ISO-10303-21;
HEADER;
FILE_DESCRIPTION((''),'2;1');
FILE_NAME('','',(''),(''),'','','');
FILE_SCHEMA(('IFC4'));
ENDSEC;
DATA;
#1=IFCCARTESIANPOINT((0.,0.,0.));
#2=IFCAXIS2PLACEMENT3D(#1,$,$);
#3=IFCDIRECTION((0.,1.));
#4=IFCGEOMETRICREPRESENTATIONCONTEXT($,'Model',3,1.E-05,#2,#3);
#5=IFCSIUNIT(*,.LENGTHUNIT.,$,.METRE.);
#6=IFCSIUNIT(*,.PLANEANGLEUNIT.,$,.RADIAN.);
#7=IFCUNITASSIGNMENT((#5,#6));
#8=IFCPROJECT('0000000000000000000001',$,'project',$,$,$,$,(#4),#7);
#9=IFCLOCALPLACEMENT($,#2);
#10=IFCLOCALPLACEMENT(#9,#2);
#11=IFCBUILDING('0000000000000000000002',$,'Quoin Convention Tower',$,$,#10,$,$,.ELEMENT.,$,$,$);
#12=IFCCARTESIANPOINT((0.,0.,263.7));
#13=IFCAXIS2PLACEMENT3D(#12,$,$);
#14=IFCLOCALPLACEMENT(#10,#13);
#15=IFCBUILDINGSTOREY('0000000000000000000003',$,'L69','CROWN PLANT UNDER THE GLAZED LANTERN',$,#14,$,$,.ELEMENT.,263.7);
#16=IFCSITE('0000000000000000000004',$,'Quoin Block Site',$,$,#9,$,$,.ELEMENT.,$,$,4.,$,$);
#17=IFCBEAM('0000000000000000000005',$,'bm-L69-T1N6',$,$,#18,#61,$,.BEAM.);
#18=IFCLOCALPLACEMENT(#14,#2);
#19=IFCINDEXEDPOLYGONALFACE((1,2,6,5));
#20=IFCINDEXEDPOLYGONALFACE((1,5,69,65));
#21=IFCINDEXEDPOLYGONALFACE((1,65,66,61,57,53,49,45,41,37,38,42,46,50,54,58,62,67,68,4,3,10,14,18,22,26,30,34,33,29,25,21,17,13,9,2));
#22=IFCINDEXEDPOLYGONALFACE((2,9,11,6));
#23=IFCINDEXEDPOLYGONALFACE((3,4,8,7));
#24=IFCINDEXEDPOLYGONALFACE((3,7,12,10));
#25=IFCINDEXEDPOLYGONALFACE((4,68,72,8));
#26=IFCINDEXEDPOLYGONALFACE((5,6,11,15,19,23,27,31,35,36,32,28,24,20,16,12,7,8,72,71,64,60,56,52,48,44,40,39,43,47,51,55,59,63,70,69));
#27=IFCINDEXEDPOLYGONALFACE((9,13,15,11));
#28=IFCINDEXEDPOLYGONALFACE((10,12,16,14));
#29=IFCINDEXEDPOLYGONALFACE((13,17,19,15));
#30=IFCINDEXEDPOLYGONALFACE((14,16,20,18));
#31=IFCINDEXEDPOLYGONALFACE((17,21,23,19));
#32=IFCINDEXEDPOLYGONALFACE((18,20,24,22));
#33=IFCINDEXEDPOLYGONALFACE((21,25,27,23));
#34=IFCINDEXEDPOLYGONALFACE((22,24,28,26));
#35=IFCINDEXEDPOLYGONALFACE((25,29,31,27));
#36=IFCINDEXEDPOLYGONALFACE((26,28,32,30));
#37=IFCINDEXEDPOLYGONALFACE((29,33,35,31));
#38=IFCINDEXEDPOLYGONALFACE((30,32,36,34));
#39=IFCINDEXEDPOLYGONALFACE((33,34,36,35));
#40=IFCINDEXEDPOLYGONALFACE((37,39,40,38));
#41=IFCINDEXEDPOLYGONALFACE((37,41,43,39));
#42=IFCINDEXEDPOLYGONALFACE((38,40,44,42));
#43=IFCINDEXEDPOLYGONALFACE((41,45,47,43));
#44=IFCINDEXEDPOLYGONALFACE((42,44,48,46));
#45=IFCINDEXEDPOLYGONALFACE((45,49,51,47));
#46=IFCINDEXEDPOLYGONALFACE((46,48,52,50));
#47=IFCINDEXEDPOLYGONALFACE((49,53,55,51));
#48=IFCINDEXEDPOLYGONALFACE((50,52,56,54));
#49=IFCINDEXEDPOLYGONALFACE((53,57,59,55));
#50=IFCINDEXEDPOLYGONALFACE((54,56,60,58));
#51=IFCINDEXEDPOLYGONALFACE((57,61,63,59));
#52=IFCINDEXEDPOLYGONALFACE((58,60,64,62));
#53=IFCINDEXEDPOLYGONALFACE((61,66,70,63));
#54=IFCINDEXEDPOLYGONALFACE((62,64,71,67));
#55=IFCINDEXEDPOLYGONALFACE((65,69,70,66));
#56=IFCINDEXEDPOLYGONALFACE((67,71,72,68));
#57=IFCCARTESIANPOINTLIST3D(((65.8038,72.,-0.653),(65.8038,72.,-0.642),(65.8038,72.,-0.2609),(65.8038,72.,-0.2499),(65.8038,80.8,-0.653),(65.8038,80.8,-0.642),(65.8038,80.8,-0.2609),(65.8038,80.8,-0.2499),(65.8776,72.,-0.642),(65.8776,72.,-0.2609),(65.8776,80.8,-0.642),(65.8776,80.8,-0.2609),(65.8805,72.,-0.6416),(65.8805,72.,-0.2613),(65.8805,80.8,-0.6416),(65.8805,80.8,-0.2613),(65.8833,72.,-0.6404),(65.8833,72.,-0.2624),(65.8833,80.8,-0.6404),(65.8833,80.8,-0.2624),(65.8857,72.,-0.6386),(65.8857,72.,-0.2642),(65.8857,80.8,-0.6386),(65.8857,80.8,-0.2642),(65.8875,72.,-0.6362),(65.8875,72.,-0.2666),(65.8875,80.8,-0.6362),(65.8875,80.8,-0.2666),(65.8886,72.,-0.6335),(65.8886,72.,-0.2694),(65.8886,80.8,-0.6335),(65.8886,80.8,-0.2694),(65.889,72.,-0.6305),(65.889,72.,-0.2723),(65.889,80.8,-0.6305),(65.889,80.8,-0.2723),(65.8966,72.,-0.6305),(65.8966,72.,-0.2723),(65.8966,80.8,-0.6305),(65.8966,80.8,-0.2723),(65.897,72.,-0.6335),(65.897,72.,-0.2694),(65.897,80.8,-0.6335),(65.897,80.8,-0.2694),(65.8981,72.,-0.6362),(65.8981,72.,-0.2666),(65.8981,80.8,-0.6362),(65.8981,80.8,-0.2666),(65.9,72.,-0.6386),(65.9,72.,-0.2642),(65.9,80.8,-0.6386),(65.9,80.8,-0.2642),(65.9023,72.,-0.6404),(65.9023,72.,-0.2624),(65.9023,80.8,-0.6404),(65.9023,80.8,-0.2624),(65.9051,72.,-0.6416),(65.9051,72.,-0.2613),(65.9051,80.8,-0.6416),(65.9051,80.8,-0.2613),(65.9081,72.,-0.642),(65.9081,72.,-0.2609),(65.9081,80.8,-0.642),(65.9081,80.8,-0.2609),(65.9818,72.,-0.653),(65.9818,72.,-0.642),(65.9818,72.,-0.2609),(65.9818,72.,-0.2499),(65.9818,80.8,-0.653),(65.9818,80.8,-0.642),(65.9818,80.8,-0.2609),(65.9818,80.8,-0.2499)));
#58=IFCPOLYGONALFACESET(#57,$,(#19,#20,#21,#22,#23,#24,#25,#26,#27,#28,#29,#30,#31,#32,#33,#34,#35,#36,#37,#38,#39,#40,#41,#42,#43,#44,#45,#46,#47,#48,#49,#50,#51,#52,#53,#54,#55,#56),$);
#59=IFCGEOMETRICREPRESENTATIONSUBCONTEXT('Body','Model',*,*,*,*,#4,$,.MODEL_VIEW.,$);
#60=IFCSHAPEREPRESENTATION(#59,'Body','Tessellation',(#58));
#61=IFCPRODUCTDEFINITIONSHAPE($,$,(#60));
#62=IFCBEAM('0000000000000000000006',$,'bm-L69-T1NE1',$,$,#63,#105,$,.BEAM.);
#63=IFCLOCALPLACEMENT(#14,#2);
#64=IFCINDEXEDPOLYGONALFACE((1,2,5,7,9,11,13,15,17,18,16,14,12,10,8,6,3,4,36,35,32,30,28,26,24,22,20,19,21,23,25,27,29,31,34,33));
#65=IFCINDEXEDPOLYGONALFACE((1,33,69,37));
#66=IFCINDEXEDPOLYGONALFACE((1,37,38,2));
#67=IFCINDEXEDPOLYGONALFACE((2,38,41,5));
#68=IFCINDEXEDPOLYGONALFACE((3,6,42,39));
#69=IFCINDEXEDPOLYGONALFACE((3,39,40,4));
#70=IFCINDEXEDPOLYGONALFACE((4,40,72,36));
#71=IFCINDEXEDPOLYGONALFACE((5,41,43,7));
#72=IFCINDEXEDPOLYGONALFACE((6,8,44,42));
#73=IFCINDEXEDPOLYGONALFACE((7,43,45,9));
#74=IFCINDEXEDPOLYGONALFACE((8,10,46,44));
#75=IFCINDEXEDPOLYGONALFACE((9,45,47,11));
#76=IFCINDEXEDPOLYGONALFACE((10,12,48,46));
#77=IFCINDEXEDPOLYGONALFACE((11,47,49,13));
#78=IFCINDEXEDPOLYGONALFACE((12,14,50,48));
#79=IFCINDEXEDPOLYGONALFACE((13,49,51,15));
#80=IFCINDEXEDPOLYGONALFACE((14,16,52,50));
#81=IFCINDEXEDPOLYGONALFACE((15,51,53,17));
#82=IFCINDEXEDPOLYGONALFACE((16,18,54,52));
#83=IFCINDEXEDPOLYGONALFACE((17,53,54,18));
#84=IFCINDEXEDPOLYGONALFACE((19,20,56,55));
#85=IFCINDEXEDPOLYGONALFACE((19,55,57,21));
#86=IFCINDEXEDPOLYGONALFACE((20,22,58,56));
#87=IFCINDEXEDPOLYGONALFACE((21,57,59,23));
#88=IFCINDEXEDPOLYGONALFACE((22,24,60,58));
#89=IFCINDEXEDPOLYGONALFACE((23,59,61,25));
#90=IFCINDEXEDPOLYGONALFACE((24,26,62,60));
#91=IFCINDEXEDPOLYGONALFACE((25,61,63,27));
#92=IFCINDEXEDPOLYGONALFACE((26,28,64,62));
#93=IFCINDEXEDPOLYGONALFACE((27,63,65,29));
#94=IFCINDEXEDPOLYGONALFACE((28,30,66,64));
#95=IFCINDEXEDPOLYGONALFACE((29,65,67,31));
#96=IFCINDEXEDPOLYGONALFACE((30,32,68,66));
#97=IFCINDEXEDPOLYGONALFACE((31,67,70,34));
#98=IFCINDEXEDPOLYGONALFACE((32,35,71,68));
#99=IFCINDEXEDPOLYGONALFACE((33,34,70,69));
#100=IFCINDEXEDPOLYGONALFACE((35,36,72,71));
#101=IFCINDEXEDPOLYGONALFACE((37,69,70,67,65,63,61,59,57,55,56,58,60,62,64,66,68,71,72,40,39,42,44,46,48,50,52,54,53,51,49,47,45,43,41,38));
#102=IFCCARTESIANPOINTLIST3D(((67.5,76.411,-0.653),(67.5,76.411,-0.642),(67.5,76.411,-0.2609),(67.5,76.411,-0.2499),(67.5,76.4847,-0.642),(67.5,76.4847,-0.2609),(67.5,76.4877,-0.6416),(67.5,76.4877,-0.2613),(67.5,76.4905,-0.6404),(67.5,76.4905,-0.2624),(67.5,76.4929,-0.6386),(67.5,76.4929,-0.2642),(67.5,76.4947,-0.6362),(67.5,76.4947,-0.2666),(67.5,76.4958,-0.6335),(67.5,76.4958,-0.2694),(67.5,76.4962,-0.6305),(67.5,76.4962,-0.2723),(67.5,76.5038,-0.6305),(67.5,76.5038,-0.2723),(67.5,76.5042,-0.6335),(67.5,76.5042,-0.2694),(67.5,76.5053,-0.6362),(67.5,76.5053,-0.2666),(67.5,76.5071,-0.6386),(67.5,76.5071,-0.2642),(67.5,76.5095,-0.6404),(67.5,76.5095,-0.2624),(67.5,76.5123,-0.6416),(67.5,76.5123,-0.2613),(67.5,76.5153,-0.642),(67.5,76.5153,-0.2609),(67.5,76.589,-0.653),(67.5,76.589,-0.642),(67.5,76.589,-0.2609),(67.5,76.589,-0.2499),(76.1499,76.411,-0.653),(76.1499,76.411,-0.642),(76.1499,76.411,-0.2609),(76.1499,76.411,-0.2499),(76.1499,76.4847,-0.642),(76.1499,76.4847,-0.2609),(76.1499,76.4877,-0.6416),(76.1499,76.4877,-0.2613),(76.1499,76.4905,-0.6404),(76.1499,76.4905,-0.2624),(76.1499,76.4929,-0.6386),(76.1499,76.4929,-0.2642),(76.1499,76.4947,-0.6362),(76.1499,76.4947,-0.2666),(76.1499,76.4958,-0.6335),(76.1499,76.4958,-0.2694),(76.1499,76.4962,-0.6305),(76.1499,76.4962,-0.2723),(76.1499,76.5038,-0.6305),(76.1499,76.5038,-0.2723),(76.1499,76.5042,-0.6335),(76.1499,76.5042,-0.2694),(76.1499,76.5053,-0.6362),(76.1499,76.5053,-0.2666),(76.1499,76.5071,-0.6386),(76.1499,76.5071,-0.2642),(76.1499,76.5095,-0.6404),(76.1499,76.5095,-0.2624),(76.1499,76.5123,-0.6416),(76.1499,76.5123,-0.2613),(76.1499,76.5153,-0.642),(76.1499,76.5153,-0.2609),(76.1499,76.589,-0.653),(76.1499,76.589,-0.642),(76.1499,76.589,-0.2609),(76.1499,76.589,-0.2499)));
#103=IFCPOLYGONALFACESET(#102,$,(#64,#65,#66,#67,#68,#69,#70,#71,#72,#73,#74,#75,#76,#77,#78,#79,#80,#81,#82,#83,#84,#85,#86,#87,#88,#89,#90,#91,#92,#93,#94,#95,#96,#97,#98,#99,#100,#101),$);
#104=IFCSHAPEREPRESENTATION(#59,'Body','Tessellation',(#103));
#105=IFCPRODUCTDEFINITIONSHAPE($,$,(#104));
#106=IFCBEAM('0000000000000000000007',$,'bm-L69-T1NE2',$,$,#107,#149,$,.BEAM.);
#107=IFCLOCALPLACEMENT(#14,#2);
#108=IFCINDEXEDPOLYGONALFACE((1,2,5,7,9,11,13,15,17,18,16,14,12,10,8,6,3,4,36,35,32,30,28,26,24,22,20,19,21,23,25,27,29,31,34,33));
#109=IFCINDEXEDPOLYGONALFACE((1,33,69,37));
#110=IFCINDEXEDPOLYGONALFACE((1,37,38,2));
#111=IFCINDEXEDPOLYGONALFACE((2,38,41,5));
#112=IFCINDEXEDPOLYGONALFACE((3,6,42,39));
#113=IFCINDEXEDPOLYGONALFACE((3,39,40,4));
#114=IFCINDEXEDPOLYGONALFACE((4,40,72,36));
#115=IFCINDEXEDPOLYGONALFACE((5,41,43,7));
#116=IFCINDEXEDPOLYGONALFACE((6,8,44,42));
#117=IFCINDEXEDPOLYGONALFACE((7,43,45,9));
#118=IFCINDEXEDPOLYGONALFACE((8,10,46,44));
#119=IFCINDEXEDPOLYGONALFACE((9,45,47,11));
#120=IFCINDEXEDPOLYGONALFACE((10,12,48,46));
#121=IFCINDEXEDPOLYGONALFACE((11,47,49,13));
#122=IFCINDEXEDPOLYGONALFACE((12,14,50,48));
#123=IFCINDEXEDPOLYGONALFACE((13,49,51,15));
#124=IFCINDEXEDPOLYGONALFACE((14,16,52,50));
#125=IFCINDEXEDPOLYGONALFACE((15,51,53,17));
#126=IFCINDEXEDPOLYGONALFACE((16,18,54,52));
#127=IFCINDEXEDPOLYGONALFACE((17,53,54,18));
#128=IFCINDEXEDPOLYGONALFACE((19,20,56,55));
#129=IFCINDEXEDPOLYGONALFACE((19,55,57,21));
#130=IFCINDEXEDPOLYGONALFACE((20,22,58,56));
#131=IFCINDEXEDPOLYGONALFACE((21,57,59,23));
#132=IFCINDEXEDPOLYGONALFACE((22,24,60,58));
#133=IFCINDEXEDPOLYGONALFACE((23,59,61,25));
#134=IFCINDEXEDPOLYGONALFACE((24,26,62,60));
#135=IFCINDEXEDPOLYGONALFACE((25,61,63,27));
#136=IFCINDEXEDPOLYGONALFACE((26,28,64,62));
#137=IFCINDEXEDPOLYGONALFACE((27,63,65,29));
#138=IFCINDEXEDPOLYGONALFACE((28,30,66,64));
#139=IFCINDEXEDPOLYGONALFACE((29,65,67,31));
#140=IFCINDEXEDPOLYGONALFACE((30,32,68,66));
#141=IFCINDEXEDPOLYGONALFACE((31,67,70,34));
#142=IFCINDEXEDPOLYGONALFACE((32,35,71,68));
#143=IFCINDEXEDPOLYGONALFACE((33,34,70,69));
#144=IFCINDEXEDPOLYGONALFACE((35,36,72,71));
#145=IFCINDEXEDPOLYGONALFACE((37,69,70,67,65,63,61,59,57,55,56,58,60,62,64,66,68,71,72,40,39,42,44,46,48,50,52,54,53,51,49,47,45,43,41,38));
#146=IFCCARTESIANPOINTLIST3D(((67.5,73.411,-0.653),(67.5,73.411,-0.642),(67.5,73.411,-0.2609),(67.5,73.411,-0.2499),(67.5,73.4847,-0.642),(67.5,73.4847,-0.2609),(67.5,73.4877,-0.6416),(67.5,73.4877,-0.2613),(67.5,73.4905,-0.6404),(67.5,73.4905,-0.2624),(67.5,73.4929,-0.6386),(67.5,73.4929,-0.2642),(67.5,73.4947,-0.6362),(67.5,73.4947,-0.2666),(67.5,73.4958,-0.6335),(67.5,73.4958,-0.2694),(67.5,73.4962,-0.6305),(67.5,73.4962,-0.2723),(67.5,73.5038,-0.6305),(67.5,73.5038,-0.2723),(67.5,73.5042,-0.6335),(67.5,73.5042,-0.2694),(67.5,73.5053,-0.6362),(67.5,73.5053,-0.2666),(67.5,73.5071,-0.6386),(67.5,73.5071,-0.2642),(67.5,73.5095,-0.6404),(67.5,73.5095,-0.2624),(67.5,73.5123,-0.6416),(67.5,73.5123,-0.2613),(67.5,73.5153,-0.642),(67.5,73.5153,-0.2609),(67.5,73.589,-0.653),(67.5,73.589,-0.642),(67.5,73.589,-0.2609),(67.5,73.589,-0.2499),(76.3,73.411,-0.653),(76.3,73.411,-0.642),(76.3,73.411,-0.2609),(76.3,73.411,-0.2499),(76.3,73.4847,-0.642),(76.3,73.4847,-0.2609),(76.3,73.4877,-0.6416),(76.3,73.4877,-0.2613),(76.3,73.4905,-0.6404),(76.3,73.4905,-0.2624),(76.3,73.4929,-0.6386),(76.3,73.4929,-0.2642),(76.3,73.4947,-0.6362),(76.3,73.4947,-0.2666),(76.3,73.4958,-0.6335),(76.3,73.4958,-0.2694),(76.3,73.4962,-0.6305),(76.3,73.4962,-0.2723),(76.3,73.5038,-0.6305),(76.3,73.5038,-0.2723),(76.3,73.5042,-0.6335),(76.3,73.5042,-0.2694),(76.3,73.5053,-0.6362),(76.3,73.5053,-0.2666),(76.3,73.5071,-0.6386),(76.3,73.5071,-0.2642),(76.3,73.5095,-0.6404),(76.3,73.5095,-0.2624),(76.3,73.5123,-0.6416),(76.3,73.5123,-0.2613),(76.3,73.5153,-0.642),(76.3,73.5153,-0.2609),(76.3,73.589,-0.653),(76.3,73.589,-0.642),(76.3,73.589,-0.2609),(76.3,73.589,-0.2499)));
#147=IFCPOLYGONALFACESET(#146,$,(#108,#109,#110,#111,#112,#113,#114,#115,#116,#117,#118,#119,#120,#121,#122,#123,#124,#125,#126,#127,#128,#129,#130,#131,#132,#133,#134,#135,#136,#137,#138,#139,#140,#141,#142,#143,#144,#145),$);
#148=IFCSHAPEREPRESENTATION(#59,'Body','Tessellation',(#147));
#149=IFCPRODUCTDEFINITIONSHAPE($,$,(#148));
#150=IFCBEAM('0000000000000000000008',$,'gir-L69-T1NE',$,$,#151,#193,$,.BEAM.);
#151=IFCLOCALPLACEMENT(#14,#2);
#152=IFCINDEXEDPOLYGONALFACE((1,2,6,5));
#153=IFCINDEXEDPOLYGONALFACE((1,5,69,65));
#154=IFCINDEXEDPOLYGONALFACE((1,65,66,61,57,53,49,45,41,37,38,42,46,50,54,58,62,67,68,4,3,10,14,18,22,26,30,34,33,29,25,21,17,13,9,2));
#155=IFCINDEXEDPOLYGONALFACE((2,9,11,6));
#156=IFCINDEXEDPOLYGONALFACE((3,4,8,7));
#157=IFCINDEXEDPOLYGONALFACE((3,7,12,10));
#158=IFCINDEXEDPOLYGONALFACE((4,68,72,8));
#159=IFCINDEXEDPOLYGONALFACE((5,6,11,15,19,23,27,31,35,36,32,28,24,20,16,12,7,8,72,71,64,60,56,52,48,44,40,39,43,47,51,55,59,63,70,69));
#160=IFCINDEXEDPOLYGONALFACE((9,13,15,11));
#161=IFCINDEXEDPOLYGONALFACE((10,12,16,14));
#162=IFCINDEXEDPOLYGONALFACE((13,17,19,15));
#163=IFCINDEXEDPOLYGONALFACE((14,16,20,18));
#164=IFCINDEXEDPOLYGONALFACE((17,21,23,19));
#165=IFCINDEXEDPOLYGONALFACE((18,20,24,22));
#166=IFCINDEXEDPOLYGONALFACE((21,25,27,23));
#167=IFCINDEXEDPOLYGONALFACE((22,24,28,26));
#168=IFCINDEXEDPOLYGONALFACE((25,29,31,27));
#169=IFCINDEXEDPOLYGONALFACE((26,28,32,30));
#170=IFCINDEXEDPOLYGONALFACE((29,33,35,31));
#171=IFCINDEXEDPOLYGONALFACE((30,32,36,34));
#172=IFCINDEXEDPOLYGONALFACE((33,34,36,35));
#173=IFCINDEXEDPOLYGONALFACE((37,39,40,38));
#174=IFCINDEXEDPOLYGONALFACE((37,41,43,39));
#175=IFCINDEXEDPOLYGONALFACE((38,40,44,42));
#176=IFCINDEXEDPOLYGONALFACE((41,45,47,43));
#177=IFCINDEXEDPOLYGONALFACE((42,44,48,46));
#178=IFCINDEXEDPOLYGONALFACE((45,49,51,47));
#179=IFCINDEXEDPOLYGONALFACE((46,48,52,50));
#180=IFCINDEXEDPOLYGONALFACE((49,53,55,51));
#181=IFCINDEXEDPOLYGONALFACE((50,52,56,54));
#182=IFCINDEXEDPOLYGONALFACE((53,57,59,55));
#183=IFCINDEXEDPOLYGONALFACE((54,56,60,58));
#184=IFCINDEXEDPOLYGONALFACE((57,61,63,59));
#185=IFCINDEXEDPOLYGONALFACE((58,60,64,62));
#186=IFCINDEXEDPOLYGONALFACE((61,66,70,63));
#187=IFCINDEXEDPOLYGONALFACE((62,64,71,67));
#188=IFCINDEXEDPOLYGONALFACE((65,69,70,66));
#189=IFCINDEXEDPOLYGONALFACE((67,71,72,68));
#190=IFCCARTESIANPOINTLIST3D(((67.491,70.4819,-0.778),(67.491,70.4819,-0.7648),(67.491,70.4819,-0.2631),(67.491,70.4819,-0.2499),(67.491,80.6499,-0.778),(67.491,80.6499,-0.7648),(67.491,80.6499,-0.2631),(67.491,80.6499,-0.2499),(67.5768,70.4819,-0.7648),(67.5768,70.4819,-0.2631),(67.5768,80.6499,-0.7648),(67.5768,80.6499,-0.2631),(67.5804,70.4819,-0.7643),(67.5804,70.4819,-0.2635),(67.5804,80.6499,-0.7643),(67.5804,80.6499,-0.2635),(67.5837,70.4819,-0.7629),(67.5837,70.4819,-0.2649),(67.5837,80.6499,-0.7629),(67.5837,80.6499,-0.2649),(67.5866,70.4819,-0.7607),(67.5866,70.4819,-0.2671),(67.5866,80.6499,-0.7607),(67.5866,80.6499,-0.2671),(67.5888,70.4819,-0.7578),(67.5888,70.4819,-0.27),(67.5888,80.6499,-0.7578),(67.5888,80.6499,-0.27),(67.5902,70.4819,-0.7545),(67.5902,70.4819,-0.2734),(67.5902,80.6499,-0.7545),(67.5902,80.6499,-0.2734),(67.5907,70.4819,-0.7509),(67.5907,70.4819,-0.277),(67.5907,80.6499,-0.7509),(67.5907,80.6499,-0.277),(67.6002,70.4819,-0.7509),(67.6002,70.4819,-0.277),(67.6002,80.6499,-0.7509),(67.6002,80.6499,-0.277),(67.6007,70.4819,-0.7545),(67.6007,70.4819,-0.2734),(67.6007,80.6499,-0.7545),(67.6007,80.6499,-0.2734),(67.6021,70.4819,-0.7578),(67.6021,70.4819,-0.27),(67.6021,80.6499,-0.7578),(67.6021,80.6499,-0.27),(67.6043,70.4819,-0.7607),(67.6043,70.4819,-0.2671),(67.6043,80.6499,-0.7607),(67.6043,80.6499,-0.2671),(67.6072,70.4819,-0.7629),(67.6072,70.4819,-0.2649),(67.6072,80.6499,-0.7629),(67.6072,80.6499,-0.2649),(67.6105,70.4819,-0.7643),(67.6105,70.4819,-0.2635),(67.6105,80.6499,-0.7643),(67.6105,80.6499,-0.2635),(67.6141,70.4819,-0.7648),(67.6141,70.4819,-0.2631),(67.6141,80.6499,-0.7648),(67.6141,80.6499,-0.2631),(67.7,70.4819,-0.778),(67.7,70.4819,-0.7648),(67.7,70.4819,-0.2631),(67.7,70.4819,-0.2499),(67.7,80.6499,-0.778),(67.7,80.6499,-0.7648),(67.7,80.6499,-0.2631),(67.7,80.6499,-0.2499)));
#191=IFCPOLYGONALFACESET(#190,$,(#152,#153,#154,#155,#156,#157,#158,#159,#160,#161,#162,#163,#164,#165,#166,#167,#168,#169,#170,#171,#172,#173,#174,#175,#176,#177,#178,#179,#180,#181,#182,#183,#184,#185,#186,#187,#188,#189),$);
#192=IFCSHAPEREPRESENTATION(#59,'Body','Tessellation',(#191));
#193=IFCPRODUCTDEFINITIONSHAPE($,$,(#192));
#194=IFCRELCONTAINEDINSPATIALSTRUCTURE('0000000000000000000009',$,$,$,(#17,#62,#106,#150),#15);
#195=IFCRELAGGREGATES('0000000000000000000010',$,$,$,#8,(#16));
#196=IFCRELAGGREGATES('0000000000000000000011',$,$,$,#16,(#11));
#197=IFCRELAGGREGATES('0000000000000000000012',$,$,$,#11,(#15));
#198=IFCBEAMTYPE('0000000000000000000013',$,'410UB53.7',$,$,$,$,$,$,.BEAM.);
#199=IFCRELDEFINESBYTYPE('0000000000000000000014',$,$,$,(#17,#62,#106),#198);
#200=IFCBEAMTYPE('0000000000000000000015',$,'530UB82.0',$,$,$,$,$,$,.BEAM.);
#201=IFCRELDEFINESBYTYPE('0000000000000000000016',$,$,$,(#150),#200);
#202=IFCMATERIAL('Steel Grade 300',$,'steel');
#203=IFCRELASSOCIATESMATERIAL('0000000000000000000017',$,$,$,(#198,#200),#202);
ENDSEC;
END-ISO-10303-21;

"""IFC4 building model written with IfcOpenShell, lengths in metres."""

from ifc_helpers import new_model, si_unit, direction, frame, origin, origin_2d, place, context, subcontext, project, spatial, i_section, extrude, material, material_profile, profile_set, type_object, element, save


model = new_model("IFC4")

# Units and contexts
model_context = context("Model", 3, precision=1e-05, world=origin(), true_north=direction((0.0, 1.0)))
body_context = subcontext(model_context, "Body", "Model", "MODEL_VIEW")
ifc_project = project(units=[si_unit("LENGTHUNIT", "METRE"), si_unit("PLANEANGLEUNIT", "RADIAN")], contexts=[model_context])

# Site, building, storey
site_placement = place(None, origin())
site = spatial("IfcSite", under=ifc_project, at=site_placement, Name="Quoin Block Site", CompositionType="ELEMENT", RefElevation=4.0)
building_placement = place(site_placement, origin())
building = spatial("IfcBuilding", under=site, at=building_placement, Name="Quoin Convention Tower", CompositionType="ELEMENT")
storey_placement = place(building_placement, frame((0.0, 0.0, 263.7)))
storey = spatial("IfcBuildingStorey", under=building, at=storey_placement, Name="L69", Description="CROWN PLANT UNDER THE GLAZED LANTERN", CompositionType="ELEMENT", Elevation=263.7)

# Beams
ifc_material_1 = material(Name="Steel Grade 300", Category="steel")
ifc_material_profile_1 = material_profile(ifc_material_1, i_section(OverallWidth=0.178, OverallDepth=0.4031, WebThickness=0.0076, FlangeThickness=0.011, FilletRadius=0.0115, at=origin_2d()), Name="410UB53.7")
ifc_profile_set_1 = profile_set([ifc_material_profile_1], Name="Steel Grade 300")
beam_type_1 = type_object("IfcBeamType", Name="410UB53.7", PredefinedType="BEAM", material=ifc_profile_set_1)
beam_1_placement = place(storey_placement, frame((65.8928, 72.0, -0.4514), z_axis=(0.0, 1.0, 0.0), x_axis=(-1.0, 0.0, 0.0)))
element("IfcBeam", 1, at=beam_1_placement, inside=storey, type_object=beam_type_1, Name="bm-L69-T1N6", PredefinedType="BEAM", context=body_context, shape_type="SweptSolid", body=[
    extrude(i_section(OverallWidth=0.178, OverallDepth=0.4031, WebThickness=0.0076, FlangeThickness=0.011, FilletRadius=0.0115, at=origin_2d()), origin(), (0.0, 0.0, 1.0), 8.8),
])
beam_2_placement = place(storey_placement, frame((67.5, 76.5, -0.4514), z_axis=(1.0, 0.0, 0.0), x_axis=(0.0, 1.0, 0.0)))
element("IfcBeam", 2, at=beam_2_placement, inside=storey, type_object=beam_type_1, Name="bm-L69-T1NE1", PredefinedType="BEAM", context=body_context, shape_type="SweptSolid", body=[
    extrude(i_section(OverallWidth=0.178, OverallDepth=0.4031, WebThickness=0.0076, FlangeThickness=0.011, FilletRadius=0.0115, at=origin_2d()), origin(), (0.0, 0.0, 1.0), 8.6499),
])
beam_3_placement = place(storey_placement, frame((67.5, 73.5, -0.4514), z_axis=(1.0, 0.0, 0.0), x_axis=(0.0, 1.0, 0.0)))
element("IfcBeam", 3, at=beam_3_placement, inside=storey, type_object=beam_type_1, Name="bm-L69-T1NE2", PredefinedType="BEAM", context=body_context, shape_type="SweptSolid", body=[
    extrude(i_section(OverallWidth=0.178, OverallDepth=0.4031, WebThickness=0.0076, FlangeThickness=0.011, FilletRadius=0.0115, at=origin_2d()), origin(), (0.0, 0.0, 1.0), 8.8),
])
ifc_material_profile_2 = material_profile(ifc_material_1, i_section(OverallWidth=0.209, OverallDepth=0.5281, WebThickness=0.0095, FlangeThickness=0.0132, FilletRadius=0.0139, at=origin_2d()), Name="530UB82.0")
ifc_profile_set_2 = profile_set([ifc_material_profile_2], Name="Steel Grade 300")
beam_type_2 = type_object("IfcBeamType", Name="530UB82.0", PredefinedType="BEAM", material=ifc_profile_set_2)
beam_4_placement = place(storey_placement, frame((67.5955, 80.6499, -0.5139), z_axis=(0.0, -1.0, 0.0), x_axis=(1.0, 0.0, 0.0)))
element("IfcBeam", 4, at=beam_4_placement, inside=storey, type_object=beam_type_2, Name="gir-L69-T1NE", PredefinedType="BEAM", context=body_context, shape_type="SweptSolid", body=[
    extrude(i_section(OverallWidth=0.209, OverallDepth=0.5281, WebThickness=0.0095, FlangeThickness=0.0132, FilletRadius=0.0139, at=origin_2d()), origin(), (0.0, 0.0, 1.0), 10.168),
])

save(model, "model.ifc")
